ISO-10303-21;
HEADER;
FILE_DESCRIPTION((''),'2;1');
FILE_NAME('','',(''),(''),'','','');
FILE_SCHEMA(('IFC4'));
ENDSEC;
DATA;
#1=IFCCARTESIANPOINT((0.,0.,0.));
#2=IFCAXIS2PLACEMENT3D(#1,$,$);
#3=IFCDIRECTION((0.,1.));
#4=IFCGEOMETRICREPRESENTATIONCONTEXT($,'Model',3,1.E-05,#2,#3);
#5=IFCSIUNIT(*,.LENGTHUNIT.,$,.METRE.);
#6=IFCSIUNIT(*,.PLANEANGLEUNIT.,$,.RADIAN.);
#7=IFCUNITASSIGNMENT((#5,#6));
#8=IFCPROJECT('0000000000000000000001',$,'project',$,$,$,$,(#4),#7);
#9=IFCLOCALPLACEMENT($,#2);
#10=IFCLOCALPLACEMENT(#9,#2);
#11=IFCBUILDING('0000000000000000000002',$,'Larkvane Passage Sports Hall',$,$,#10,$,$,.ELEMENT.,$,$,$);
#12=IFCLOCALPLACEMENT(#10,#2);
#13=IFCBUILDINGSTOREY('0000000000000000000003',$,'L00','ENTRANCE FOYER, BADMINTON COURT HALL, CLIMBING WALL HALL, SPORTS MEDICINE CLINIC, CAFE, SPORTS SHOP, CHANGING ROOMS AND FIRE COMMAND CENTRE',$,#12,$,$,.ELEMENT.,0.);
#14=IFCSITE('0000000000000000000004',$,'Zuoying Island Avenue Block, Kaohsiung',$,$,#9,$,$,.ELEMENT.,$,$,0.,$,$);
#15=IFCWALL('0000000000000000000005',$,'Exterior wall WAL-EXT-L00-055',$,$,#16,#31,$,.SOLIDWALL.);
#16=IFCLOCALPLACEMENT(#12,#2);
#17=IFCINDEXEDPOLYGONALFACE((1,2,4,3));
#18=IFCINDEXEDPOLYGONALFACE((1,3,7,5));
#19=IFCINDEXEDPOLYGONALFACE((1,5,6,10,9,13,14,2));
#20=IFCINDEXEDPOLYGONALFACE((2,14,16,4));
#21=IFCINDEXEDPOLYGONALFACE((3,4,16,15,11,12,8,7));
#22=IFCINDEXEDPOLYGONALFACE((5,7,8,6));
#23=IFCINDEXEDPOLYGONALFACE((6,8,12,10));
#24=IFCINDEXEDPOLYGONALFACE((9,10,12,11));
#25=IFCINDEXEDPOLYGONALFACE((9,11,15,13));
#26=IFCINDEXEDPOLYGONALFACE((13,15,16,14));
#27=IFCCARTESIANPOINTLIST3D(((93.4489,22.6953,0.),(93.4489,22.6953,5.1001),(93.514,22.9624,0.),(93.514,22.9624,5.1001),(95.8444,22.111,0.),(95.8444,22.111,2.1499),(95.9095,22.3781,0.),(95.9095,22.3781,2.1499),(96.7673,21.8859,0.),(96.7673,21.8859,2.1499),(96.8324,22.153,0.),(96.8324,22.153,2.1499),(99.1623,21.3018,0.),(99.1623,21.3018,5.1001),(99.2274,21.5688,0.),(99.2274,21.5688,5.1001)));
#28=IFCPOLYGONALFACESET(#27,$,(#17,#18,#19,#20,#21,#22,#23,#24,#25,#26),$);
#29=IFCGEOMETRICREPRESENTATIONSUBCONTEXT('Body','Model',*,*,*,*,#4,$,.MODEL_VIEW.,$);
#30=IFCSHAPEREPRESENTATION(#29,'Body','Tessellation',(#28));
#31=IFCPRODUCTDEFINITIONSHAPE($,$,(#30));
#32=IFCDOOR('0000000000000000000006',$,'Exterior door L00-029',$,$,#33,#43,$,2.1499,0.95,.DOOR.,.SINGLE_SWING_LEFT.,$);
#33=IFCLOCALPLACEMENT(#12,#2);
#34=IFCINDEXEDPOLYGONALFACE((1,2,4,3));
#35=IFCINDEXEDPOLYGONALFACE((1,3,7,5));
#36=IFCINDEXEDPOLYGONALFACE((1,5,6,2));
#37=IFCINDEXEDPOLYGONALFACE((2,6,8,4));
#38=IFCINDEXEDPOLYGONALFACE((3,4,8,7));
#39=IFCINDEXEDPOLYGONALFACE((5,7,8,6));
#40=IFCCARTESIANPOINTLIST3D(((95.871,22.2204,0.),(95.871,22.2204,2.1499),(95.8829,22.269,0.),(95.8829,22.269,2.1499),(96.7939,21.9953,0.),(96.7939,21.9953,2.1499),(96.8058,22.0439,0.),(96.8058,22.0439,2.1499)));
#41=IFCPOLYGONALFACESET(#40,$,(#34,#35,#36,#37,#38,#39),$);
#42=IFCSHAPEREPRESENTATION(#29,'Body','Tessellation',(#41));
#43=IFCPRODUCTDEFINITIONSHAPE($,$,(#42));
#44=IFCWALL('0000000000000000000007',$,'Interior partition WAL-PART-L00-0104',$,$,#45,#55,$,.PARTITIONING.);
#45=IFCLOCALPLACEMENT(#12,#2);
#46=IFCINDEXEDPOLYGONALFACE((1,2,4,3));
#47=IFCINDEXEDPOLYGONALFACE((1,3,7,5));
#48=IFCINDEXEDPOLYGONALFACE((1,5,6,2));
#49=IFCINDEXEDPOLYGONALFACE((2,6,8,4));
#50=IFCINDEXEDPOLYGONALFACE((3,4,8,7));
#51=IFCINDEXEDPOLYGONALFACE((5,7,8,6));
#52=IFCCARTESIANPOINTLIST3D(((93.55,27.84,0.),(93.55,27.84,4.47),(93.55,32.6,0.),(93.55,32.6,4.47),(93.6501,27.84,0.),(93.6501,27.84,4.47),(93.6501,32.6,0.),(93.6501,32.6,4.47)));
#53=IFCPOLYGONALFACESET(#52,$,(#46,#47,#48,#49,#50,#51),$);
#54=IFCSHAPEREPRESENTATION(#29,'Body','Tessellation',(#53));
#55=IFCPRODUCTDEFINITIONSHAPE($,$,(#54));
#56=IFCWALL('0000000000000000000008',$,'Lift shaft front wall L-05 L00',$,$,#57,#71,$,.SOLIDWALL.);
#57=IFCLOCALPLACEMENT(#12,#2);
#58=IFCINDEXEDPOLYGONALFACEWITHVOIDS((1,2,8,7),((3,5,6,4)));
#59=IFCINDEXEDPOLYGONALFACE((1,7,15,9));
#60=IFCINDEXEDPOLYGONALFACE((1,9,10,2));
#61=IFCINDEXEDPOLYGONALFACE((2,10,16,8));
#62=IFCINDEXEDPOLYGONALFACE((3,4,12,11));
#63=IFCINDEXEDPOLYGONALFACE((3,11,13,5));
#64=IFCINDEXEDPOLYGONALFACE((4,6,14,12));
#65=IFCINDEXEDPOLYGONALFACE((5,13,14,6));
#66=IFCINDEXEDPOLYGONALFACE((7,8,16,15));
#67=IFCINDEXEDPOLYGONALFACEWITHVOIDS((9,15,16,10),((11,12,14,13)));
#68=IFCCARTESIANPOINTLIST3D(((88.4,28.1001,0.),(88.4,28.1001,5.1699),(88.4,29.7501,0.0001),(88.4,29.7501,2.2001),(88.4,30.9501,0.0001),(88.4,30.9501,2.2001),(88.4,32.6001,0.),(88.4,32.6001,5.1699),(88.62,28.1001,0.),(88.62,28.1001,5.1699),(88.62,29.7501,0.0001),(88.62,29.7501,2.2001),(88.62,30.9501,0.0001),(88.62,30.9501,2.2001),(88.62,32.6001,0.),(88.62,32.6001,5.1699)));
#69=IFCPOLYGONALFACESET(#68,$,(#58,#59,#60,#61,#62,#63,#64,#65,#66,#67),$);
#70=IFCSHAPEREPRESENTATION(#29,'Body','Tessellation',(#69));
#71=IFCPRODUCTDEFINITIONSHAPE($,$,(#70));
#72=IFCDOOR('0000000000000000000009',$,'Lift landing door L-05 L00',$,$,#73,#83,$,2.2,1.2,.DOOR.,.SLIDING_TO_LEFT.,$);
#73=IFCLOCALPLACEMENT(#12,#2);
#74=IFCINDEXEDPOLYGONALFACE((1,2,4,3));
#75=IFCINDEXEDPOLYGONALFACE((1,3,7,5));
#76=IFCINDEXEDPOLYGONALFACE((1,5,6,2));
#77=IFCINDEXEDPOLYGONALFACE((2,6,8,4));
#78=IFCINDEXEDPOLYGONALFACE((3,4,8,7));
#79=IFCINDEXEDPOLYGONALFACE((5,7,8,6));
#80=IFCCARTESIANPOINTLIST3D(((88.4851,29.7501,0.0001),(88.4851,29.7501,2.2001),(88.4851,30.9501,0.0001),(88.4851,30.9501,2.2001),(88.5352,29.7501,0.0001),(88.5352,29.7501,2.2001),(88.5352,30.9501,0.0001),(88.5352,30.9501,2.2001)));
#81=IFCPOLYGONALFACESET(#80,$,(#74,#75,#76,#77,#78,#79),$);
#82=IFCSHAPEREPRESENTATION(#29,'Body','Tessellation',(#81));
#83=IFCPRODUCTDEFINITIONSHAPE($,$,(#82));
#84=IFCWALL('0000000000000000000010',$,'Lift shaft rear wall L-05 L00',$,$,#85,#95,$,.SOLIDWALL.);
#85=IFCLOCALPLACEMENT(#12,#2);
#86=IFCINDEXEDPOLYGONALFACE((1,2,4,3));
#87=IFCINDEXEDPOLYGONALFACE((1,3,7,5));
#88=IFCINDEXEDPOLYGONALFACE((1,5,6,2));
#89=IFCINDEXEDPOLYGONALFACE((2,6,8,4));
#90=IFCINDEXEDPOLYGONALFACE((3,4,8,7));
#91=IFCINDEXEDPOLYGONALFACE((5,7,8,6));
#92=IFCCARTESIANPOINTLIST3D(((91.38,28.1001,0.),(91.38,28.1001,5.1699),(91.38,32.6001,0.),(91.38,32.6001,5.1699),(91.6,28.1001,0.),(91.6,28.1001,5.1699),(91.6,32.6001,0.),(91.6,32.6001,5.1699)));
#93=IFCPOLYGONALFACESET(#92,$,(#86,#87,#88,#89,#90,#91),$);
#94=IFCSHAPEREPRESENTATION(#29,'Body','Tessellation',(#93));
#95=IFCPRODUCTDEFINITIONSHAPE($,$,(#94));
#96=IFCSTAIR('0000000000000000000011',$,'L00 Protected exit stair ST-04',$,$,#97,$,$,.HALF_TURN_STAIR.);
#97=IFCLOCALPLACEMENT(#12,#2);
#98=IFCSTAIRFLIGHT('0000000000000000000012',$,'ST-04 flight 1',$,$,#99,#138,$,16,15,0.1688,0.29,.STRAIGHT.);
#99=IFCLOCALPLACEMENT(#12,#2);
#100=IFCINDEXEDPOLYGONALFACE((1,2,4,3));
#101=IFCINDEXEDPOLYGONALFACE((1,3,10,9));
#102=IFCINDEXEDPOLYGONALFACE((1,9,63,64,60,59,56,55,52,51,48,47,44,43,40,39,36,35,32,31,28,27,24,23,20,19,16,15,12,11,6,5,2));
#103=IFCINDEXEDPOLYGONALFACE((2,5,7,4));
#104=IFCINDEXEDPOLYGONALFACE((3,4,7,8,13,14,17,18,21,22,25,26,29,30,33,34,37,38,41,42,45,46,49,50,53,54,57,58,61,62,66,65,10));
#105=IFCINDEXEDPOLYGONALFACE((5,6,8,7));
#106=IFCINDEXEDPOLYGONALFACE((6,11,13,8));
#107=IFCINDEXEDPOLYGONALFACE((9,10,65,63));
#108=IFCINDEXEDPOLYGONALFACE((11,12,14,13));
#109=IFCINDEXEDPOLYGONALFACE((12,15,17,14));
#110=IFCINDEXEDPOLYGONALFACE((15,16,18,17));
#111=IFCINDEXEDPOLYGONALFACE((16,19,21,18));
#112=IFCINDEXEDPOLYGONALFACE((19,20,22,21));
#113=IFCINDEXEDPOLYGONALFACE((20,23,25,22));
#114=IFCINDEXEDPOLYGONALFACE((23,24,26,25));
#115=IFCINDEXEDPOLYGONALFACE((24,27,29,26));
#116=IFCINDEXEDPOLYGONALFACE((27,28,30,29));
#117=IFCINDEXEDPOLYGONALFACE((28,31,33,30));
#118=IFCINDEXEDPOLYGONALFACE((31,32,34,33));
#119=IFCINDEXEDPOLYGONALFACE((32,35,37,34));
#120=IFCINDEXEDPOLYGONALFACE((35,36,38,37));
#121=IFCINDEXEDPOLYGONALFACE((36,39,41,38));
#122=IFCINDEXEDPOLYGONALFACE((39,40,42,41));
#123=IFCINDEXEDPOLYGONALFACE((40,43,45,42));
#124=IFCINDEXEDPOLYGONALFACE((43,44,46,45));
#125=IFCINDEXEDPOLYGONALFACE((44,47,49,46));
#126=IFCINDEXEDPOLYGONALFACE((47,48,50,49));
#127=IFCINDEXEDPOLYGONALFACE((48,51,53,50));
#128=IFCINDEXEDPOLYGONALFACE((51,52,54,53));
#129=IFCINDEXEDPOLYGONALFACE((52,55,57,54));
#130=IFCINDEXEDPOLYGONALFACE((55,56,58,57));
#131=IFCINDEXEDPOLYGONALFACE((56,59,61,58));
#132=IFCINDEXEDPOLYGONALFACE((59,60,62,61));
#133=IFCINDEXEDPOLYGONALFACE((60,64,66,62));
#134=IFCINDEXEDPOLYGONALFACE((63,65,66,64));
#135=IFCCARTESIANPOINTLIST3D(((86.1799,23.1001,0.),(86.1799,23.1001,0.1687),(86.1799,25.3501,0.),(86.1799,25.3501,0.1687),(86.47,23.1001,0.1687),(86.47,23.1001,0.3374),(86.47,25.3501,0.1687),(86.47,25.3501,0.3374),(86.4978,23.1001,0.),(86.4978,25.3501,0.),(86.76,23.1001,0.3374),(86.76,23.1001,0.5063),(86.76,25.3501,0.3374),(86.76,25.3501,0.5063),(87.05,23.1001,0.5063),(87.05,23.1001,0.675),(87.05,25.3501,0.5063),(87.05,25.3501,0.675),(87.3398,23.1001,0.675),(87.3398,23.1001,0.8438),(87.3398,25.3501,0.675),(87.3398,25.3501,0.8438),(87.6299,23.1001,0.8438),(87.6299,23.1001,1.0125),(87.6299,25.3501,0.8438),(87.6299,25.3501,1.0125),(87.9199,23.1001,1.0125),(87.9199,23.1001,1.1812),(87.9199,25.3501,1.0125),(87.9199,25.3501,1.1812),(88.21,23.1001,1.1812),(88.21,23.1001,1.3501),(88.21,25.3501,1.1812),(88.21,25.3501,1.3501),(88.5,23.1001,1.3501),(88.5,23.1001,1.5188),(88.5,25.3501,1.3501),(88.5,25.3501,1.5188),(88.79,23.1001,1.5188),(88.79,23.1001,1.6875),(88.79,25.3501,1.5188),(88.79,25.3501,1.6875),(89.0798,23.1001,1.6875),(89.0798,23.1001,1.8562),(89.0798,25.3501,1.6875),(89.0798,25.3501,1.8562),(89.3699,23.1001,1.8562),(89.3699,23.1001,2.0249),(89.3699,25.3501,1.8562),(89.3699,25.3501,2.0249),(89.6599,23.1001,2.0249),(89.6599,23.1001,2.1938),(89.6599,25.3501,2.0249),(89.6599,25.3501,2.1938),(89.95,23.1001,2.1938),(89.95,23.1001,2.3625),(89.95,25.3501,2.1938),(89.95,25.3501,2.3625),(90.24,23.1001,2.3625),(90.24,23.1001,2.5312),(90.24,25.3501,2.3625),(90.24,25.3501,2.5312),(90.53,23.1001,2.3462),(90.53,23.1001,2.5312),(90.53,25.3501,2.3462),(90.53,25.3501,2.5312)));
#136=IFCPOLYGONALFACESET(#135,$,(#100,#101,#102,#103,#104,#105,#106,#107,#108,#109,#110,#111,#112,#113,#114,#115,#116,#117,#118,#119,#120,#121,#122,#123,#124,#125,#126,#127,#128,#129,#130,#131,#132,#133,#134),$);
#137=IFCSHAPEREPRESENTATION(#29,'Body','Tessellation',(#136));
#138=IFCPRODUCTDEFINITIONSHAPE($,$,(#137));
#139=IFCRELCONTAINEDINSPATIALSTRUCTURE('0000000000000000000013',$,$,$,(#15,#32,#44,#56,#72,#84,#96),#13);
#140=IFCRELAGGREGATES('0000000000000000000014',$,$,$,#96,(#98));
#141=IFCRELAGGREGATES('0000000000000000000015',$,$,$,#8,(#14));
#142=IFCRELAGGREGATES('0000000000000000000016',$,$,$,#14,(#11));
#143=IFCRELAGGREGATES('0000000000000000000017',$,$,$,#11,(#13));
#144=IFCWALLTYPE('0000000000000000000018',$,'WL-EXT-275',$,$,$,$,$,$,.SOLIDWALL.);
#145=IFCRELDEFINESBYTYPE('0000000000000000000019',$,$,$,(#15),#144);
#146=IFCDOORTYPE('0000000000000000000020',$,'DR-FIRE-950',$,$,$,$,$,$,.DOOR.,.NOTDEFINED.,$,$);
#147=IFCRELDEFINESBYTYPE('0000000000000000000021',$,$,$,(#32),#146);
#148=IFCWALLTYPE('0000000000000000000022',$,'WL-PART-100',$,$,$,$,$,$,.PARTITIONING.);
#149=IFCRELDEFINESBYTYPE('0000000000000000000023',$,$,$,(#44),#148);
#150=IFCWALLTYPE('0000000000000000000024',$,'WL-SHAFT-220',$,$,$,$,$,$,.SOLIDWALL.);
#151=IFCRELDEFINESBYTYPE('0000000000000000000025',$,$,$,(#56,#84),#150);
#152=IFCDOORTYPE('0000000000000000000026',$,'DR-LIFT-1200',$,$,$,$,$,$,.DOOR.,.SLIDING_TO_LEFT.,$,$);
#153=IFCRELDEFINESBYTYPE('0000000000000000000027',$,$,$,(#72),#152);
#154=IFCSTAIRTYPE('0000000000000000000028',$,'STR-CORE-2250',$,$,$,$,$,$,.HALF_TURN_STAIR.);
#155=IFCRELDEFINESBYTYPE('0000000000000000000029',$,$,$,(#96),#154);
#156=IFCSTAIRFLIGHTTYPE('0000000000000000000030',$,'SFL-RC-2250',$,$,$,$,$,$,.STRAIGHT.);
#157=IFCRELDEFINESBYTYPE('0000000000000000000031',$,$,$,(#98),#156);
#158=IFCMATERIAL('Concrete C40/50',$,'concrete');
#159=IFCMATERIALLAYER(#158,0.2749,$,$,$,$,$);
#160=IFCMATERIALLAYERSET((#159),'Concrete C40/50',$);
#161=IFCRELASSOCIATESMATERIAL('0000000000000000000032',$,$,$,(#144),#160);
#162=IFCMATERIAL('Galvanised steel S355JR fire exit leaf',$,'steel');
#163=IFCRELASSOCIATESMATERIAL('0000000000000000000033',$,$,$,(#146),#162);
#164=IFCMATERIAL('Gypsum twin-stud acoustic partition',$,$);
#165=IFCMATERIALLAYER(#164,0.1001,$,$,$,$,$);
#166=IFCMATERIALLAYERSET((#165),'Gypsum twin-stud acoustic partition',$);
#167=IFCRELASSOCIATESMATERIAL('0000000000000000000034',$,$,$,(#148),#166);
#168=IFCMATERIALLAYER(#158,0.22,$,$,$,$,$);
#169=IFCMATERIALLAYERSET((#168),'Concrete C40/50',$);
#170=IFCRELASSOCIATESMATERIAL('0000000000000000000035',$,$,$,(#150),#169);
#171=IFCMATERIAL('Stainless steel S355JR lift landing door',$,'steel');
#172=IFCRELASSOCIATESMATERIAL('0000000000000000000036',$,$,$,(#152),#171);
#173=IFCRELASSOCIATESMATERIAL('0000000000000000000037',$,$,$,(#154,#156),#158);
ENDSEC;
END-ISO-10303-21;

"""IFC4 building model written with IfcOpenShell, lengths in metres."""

from ifc_helpers import new_model, si_unit, direction, frame, frame_2d, origin, place, context, subcontext, project, spatial, polyline, rectangle, outline, extrude, material, layer, layer_set, type_object, element, fill, aggregate, save


model = new_model("IFC4")

# Units and contexts
model_context = context("Model", 3, precision=1e-05, world=origin(), true_north=direction((0.0, 1.0)))
body_context = subcontext(model_context, "Body", "Model", "MODEL_VIEW")
ifc_project = project(units=[si_unit("LENGTHUNIT", "METRE"), si_unit("PLANEANGLEUNIT", "RADIAN")], contexts=[model_context])

# Site, building, storey
site_placement = place(None, origin())
site = spatial("IfcSite", under=ifc_project, at=site_placement, Name="Zuoying Island Avenue Block, Kaohsiung", CompositionType="ELEMENT", RefElevation=0.0)
building_placement = place(site_placement, origin())
building = spatial("IfcBuilding", under=site, at=building_placement, Name="Larkvane Passage Sports Hall", CompositionType="ELEMENT")
storey_placement = place(building_placement, origin())
storey = spatial("IfcBuildingStorey", under=building, at=storey_placement, Name="L00", Description="ENTRANCE FOYER, BADMINTON COURT HALL, CLIMBING WALL HALL, SPORTS MEDICINE CLINIC, CAFE, SPORTS SHOP, CHANGING ROOMS AND FIRE COMMAND CENTRE", CompositionType="ELEMENT", Elevation=0.0)

# Wall, opening, door
ifc_material_1 = material(Name="Galvanised steel S355JR fire exit leaf", Category="steel")
ifc_material_2 = material(Name="Concrete C40/50", Category="concrete")
ifc_layer_1 = layer(ifc_material_2, 0.2749)
ifc_layer_set_1 = layer_set([ifc_layer_1], Name="Concrete C40/50")
wall_type_1 = type_object("IfcWallType", Name="WL-EXT-275", PredefinedType="SOLIDWALL", material=ifc_layer_set_1)
wall_1_placement = place(storey_placement, frame((99.1948, 21.4353, 0.0), z_axis=(0.0, 0.0, 1.0), x_axis=(-0.971518, 0.236964, 0.0)))
wall_1 = element("IfcWall", 1, at=wall_1_placement, inside=storey, type_object=wall_type_1, Name="Exterior wall WAL-EXT-L00-055", PredefinedType="SOLIDWALL", context=body_context, shape_type="SweptSolid", body=[
    extrude(rectangle(XDim=5.8809, YDim=0.2749, at=frame_2d((2.9404, 0.0))), origin(), (0.0, 0.0, 1.0), 5.1001),
])
opening_1_placement = place(wall_1_placement, frame((2.4651, 0.0, 0.0)))
opening_1 = element("IfcOpeningElement", 2, at=opening_1_placement, cuts=wall_1, PredefinedType="OPENING", context=body_context, shape_type="SweptSolid", body=[
    extrude(rectangle(XDim=0.95, YDim=2.1499, at=frame_2d((0.4751, 1.075))), frame((0.0, 0.1475, 0.0), z_axis=(0.0, -1.0, 0.0), x_axis=(1.0, 0.0, 0.0)), (0.0, 0.0, 1.0), 0.2949),
])
door_type_1 = type_object("IfcDoorType", Name="DR-FIRE-950", OperationType="NOTDEFINED", PredefinedType="DOOR", material=ifc_material_1)
door_1_placement = place(opening_1_placement, origin())
door_1 = element("IfcDoor", 3, at=door_1_placement, inside=storey, type_object=door_type_1, Name="Exterior door L00-029", OperationType="SINGLE_SWING_LEFT", OverallHeight=2.1499, OverallWidth=0.95, PredefinedType="DOOR", context=body_context, shape_type="SweptSolid", body=[
    extrude(rectangle(XDim=0.95, YDim=2.1499, at=frame_2d((0.4751, 1.075))), frame((0.0, 0.0249, 0.0), z_axis=(0.0, -1.0, 0.0), x_axis=(1.0, 0.0, 0.0)), (0.0, 0.0, 1.0), 0.05),
])
fill(opening_1, door_1)

# Wall
ifc_material_3 = material(Name="Gypsum twin-stud acoustic partition")
ifc_layer_2 = layer(ifc_material_3, 0.1001)
ifc_layer_set_2 = layer_set([ifc_layer_2], Name="Gypsum twin-stud acoustic partition")
wall_type_2 = type_object("IfcWallType", Name="WL-PART-100", PredefinedType="PARTITIONING", material=ifc_layer_set_2)
wall_2_placement = place(storey_placement, frame((93.6001, 27.8401, 0.0), z_axis=(0.0, 0.0, 1.0), x_axis=(0.0, 1.0, 0.0)))
element("IfcWall", 4, at=wall_2_placement, inside=storey, type_object=wall_type_2, Name="Interior partition WAL-PART-L00-0104", PredefinedType="PARTITIONING", context=body_context, shape_type="SweptSolid", body=[
    extrude(rectangle(XDim=4.76, YDim=0.1001, at=frame_2d((2.3799, 0.0))), origin(), (0.0, 0.0, 1.0), 4.47),
])

# Wall, opening, door
ifc_layer_3 = layer(ifc_material_2, 0.22)
ifc_layer_set_3 = layer_set([ifc_layer_3], Name="Concrete C40/50")
wall_type_3 = type_object("IfcWallType", Name="WL-SHAFT-220", PredefinedType="SOLIDWALL", material=ifc_layer_set_3)
wall_3_placement = place(storey_placement, frame((88.51, 28.1001, 0.0), z_axis=(0.0, 0.0, 1.0), x_axis=(0.0, 1.0, 0.0)))
wall_3 = element("IfcWall", 5, at=wall_3_placement, inside=storey, type_object=wall_type_3, Name="Lift shaft front wall L-05 L00", PredefinedType="SOLIDWALL", context=body_context, shape_type="SweptSolid", body=[
    extrude(rectangle(XDim=4.5, YDim=0.22, at=frame_2d((2.25, 0.0))), origin(), (0.0, 0.0, 1.0), 5.1699),
])
opening_2_placement = place(wall_3_placement, frame((1.6499, 0.0, 0.0)))
opening_2 = element("IfcOpeningElement", 6, at=opening_2_placement, cuts=wall_3, PredefinedType="OPENING", context=body_context, shape_type="SweptSolid", body=[
    extrude(rectangle(XDim=1.2, YDim=2.2, at=frame_2d((0.6001, 1.1001))), frame((0.0, 0.1199, 0.0), z_axis=(0.0, -1.0, 0.0), x_axis=(1.0, 0.0, 0.0)), (0.0, 0.0, 1.0), 0.24),
])
ifc_material_4 = material(Name="Stainless steel S355JR lift landing door", Category="steel")
door_type_2 = type_object("IfcDoorType", Name="DR-LIFT-1200", OperationType="SLIDING_TO_LEFT", PredefinedType="DOOR", material=ifc_material_4)
door_2_placement = place(opening_2_placement, origin())
door_2 = element("IfcDoor", 7, at=door_2_placement, inside=storey, type_object=door_type_2, Name="Lift landing door L-05 L00", OperationType="SLIDING_TO_LEFT", OverallHeight=2.2, OverallWidth=1.2, PredefinedType="DOOR", context=body_context, shape_type="SweptSolid", body=[
    extrude(rectangle(XDim=1.2, YDim=2.2, at=frame_2d((0.6001, 1.1001))), frame((0.0, 0.0249, 0.0), z_axis=(0.0, -1.0, 0.0), x_axis=(1.0, 0.0, 0.0)), (0.0, 0.0, 1.0), 0.05),
])
fill(opening_2, door_2)

# Wall
wall_4_placement = place(storey_placement, frame((91.49, 28.1001, 0.0), z_axis=(0.0, 0.0, 1.0), x_axis=(0.0, 1.0, 0.0)))
element("IfcWall", 8, at=wall_4_placement, inside=storey, type_object=wall_type_3, Name="Lift shaft rear wall L-05 L00", PredefinedType="SOLIDWALL", context=body_context, shape_type="SweptSolid", body=[
    extrude(rectangle(XDim=4.5, YDim=0.22, at=frame_2d((2.25, 0.0))), origin(), (0.0, 0.0, 1.0), 5.1699),
])

# Stair, stair flight
stair_type = type_object("IfcStairType", Name="STR-CORE-2250", PredefinedType="HALF_TURN_STAIR", material=ifc_material_2)
stair_placement = place(storey_placement, origin())
stair = element("IfcStair", 9, at=stair_placement, inside=storey, type_object=stair_type, Name="L00 Protected exit stair ST-04", PredefinedType="HALF_TURN_STAIR")
stair_flight_type = type_object("IfcStairFlightType", Name="SFL-RC-2250", PredefinedType="STRAIGHT", material=ifc_material_2)
stair_flight_1_placement = place(storey_placement, frame((86.1799, 24.2251, 0.0), z_axis=(0.0, 0.0, 1.0), x_axis=(1.0, 0.0, 0.0)))
stair_flight_1 = element("IfcStairFlight", 10, at=stair_flight_1_placement, type_object=stair_flight_type, Name="ST-04 flight 1", NumberOfRisers=16, NumberOfTreads=15, PredefinedType="STRAIGHT", RiserHeight=0.1688, TreadLength=0.29, context=body_context, shape_type="SweptSolid", body=[
    extrude(outline(polyline([(0.0, 0.0), (0.0, 0.1687), (0.29, 0.1687), (0.29, 0.3374), (0.5801, 0.3374), (0.5801, 0.5063), (0.8701, 0.5063), (0.8701, 0.675), (1.1599, 0.675), (1.1599, 0.8438), (1.45, 0.8438), (1.45, 1.0125), (1.74, 1.0125), (1.74, 1.1812), (2.03, 1.1812), (2.03, 1.3501), (2.3201, 1.3501), (2.3201, 1.5188), (2.6101, 1.5188), (2.6101, 1.6875), (2.8999, 1.6875), (2.8999, 1.8562), (3.1899, 1.8562), (3.1899, 2.0249), (3.48, 2.0249), (3.48, 2.1938), (3.77, 2.1938), (3.77, 2.3625), (4.0601, 2.3625), (4.0601, 2.5312), (4.3501, 2.5312), (4.3501, 2.7), (4.3501, 2.3462), (0.3179, 0.0), (0.0, 0.0)])), frame((0.0, 1.125, 0.0), z_axis=(0.0, -1.0, 0.0), x_axis=(1.0, 0.0, 0.0)), (0.0, 0.0, 1.0), 2.25),
])
aggregate(stair, [stair_flight_1])

save(model, "model.ifc")
